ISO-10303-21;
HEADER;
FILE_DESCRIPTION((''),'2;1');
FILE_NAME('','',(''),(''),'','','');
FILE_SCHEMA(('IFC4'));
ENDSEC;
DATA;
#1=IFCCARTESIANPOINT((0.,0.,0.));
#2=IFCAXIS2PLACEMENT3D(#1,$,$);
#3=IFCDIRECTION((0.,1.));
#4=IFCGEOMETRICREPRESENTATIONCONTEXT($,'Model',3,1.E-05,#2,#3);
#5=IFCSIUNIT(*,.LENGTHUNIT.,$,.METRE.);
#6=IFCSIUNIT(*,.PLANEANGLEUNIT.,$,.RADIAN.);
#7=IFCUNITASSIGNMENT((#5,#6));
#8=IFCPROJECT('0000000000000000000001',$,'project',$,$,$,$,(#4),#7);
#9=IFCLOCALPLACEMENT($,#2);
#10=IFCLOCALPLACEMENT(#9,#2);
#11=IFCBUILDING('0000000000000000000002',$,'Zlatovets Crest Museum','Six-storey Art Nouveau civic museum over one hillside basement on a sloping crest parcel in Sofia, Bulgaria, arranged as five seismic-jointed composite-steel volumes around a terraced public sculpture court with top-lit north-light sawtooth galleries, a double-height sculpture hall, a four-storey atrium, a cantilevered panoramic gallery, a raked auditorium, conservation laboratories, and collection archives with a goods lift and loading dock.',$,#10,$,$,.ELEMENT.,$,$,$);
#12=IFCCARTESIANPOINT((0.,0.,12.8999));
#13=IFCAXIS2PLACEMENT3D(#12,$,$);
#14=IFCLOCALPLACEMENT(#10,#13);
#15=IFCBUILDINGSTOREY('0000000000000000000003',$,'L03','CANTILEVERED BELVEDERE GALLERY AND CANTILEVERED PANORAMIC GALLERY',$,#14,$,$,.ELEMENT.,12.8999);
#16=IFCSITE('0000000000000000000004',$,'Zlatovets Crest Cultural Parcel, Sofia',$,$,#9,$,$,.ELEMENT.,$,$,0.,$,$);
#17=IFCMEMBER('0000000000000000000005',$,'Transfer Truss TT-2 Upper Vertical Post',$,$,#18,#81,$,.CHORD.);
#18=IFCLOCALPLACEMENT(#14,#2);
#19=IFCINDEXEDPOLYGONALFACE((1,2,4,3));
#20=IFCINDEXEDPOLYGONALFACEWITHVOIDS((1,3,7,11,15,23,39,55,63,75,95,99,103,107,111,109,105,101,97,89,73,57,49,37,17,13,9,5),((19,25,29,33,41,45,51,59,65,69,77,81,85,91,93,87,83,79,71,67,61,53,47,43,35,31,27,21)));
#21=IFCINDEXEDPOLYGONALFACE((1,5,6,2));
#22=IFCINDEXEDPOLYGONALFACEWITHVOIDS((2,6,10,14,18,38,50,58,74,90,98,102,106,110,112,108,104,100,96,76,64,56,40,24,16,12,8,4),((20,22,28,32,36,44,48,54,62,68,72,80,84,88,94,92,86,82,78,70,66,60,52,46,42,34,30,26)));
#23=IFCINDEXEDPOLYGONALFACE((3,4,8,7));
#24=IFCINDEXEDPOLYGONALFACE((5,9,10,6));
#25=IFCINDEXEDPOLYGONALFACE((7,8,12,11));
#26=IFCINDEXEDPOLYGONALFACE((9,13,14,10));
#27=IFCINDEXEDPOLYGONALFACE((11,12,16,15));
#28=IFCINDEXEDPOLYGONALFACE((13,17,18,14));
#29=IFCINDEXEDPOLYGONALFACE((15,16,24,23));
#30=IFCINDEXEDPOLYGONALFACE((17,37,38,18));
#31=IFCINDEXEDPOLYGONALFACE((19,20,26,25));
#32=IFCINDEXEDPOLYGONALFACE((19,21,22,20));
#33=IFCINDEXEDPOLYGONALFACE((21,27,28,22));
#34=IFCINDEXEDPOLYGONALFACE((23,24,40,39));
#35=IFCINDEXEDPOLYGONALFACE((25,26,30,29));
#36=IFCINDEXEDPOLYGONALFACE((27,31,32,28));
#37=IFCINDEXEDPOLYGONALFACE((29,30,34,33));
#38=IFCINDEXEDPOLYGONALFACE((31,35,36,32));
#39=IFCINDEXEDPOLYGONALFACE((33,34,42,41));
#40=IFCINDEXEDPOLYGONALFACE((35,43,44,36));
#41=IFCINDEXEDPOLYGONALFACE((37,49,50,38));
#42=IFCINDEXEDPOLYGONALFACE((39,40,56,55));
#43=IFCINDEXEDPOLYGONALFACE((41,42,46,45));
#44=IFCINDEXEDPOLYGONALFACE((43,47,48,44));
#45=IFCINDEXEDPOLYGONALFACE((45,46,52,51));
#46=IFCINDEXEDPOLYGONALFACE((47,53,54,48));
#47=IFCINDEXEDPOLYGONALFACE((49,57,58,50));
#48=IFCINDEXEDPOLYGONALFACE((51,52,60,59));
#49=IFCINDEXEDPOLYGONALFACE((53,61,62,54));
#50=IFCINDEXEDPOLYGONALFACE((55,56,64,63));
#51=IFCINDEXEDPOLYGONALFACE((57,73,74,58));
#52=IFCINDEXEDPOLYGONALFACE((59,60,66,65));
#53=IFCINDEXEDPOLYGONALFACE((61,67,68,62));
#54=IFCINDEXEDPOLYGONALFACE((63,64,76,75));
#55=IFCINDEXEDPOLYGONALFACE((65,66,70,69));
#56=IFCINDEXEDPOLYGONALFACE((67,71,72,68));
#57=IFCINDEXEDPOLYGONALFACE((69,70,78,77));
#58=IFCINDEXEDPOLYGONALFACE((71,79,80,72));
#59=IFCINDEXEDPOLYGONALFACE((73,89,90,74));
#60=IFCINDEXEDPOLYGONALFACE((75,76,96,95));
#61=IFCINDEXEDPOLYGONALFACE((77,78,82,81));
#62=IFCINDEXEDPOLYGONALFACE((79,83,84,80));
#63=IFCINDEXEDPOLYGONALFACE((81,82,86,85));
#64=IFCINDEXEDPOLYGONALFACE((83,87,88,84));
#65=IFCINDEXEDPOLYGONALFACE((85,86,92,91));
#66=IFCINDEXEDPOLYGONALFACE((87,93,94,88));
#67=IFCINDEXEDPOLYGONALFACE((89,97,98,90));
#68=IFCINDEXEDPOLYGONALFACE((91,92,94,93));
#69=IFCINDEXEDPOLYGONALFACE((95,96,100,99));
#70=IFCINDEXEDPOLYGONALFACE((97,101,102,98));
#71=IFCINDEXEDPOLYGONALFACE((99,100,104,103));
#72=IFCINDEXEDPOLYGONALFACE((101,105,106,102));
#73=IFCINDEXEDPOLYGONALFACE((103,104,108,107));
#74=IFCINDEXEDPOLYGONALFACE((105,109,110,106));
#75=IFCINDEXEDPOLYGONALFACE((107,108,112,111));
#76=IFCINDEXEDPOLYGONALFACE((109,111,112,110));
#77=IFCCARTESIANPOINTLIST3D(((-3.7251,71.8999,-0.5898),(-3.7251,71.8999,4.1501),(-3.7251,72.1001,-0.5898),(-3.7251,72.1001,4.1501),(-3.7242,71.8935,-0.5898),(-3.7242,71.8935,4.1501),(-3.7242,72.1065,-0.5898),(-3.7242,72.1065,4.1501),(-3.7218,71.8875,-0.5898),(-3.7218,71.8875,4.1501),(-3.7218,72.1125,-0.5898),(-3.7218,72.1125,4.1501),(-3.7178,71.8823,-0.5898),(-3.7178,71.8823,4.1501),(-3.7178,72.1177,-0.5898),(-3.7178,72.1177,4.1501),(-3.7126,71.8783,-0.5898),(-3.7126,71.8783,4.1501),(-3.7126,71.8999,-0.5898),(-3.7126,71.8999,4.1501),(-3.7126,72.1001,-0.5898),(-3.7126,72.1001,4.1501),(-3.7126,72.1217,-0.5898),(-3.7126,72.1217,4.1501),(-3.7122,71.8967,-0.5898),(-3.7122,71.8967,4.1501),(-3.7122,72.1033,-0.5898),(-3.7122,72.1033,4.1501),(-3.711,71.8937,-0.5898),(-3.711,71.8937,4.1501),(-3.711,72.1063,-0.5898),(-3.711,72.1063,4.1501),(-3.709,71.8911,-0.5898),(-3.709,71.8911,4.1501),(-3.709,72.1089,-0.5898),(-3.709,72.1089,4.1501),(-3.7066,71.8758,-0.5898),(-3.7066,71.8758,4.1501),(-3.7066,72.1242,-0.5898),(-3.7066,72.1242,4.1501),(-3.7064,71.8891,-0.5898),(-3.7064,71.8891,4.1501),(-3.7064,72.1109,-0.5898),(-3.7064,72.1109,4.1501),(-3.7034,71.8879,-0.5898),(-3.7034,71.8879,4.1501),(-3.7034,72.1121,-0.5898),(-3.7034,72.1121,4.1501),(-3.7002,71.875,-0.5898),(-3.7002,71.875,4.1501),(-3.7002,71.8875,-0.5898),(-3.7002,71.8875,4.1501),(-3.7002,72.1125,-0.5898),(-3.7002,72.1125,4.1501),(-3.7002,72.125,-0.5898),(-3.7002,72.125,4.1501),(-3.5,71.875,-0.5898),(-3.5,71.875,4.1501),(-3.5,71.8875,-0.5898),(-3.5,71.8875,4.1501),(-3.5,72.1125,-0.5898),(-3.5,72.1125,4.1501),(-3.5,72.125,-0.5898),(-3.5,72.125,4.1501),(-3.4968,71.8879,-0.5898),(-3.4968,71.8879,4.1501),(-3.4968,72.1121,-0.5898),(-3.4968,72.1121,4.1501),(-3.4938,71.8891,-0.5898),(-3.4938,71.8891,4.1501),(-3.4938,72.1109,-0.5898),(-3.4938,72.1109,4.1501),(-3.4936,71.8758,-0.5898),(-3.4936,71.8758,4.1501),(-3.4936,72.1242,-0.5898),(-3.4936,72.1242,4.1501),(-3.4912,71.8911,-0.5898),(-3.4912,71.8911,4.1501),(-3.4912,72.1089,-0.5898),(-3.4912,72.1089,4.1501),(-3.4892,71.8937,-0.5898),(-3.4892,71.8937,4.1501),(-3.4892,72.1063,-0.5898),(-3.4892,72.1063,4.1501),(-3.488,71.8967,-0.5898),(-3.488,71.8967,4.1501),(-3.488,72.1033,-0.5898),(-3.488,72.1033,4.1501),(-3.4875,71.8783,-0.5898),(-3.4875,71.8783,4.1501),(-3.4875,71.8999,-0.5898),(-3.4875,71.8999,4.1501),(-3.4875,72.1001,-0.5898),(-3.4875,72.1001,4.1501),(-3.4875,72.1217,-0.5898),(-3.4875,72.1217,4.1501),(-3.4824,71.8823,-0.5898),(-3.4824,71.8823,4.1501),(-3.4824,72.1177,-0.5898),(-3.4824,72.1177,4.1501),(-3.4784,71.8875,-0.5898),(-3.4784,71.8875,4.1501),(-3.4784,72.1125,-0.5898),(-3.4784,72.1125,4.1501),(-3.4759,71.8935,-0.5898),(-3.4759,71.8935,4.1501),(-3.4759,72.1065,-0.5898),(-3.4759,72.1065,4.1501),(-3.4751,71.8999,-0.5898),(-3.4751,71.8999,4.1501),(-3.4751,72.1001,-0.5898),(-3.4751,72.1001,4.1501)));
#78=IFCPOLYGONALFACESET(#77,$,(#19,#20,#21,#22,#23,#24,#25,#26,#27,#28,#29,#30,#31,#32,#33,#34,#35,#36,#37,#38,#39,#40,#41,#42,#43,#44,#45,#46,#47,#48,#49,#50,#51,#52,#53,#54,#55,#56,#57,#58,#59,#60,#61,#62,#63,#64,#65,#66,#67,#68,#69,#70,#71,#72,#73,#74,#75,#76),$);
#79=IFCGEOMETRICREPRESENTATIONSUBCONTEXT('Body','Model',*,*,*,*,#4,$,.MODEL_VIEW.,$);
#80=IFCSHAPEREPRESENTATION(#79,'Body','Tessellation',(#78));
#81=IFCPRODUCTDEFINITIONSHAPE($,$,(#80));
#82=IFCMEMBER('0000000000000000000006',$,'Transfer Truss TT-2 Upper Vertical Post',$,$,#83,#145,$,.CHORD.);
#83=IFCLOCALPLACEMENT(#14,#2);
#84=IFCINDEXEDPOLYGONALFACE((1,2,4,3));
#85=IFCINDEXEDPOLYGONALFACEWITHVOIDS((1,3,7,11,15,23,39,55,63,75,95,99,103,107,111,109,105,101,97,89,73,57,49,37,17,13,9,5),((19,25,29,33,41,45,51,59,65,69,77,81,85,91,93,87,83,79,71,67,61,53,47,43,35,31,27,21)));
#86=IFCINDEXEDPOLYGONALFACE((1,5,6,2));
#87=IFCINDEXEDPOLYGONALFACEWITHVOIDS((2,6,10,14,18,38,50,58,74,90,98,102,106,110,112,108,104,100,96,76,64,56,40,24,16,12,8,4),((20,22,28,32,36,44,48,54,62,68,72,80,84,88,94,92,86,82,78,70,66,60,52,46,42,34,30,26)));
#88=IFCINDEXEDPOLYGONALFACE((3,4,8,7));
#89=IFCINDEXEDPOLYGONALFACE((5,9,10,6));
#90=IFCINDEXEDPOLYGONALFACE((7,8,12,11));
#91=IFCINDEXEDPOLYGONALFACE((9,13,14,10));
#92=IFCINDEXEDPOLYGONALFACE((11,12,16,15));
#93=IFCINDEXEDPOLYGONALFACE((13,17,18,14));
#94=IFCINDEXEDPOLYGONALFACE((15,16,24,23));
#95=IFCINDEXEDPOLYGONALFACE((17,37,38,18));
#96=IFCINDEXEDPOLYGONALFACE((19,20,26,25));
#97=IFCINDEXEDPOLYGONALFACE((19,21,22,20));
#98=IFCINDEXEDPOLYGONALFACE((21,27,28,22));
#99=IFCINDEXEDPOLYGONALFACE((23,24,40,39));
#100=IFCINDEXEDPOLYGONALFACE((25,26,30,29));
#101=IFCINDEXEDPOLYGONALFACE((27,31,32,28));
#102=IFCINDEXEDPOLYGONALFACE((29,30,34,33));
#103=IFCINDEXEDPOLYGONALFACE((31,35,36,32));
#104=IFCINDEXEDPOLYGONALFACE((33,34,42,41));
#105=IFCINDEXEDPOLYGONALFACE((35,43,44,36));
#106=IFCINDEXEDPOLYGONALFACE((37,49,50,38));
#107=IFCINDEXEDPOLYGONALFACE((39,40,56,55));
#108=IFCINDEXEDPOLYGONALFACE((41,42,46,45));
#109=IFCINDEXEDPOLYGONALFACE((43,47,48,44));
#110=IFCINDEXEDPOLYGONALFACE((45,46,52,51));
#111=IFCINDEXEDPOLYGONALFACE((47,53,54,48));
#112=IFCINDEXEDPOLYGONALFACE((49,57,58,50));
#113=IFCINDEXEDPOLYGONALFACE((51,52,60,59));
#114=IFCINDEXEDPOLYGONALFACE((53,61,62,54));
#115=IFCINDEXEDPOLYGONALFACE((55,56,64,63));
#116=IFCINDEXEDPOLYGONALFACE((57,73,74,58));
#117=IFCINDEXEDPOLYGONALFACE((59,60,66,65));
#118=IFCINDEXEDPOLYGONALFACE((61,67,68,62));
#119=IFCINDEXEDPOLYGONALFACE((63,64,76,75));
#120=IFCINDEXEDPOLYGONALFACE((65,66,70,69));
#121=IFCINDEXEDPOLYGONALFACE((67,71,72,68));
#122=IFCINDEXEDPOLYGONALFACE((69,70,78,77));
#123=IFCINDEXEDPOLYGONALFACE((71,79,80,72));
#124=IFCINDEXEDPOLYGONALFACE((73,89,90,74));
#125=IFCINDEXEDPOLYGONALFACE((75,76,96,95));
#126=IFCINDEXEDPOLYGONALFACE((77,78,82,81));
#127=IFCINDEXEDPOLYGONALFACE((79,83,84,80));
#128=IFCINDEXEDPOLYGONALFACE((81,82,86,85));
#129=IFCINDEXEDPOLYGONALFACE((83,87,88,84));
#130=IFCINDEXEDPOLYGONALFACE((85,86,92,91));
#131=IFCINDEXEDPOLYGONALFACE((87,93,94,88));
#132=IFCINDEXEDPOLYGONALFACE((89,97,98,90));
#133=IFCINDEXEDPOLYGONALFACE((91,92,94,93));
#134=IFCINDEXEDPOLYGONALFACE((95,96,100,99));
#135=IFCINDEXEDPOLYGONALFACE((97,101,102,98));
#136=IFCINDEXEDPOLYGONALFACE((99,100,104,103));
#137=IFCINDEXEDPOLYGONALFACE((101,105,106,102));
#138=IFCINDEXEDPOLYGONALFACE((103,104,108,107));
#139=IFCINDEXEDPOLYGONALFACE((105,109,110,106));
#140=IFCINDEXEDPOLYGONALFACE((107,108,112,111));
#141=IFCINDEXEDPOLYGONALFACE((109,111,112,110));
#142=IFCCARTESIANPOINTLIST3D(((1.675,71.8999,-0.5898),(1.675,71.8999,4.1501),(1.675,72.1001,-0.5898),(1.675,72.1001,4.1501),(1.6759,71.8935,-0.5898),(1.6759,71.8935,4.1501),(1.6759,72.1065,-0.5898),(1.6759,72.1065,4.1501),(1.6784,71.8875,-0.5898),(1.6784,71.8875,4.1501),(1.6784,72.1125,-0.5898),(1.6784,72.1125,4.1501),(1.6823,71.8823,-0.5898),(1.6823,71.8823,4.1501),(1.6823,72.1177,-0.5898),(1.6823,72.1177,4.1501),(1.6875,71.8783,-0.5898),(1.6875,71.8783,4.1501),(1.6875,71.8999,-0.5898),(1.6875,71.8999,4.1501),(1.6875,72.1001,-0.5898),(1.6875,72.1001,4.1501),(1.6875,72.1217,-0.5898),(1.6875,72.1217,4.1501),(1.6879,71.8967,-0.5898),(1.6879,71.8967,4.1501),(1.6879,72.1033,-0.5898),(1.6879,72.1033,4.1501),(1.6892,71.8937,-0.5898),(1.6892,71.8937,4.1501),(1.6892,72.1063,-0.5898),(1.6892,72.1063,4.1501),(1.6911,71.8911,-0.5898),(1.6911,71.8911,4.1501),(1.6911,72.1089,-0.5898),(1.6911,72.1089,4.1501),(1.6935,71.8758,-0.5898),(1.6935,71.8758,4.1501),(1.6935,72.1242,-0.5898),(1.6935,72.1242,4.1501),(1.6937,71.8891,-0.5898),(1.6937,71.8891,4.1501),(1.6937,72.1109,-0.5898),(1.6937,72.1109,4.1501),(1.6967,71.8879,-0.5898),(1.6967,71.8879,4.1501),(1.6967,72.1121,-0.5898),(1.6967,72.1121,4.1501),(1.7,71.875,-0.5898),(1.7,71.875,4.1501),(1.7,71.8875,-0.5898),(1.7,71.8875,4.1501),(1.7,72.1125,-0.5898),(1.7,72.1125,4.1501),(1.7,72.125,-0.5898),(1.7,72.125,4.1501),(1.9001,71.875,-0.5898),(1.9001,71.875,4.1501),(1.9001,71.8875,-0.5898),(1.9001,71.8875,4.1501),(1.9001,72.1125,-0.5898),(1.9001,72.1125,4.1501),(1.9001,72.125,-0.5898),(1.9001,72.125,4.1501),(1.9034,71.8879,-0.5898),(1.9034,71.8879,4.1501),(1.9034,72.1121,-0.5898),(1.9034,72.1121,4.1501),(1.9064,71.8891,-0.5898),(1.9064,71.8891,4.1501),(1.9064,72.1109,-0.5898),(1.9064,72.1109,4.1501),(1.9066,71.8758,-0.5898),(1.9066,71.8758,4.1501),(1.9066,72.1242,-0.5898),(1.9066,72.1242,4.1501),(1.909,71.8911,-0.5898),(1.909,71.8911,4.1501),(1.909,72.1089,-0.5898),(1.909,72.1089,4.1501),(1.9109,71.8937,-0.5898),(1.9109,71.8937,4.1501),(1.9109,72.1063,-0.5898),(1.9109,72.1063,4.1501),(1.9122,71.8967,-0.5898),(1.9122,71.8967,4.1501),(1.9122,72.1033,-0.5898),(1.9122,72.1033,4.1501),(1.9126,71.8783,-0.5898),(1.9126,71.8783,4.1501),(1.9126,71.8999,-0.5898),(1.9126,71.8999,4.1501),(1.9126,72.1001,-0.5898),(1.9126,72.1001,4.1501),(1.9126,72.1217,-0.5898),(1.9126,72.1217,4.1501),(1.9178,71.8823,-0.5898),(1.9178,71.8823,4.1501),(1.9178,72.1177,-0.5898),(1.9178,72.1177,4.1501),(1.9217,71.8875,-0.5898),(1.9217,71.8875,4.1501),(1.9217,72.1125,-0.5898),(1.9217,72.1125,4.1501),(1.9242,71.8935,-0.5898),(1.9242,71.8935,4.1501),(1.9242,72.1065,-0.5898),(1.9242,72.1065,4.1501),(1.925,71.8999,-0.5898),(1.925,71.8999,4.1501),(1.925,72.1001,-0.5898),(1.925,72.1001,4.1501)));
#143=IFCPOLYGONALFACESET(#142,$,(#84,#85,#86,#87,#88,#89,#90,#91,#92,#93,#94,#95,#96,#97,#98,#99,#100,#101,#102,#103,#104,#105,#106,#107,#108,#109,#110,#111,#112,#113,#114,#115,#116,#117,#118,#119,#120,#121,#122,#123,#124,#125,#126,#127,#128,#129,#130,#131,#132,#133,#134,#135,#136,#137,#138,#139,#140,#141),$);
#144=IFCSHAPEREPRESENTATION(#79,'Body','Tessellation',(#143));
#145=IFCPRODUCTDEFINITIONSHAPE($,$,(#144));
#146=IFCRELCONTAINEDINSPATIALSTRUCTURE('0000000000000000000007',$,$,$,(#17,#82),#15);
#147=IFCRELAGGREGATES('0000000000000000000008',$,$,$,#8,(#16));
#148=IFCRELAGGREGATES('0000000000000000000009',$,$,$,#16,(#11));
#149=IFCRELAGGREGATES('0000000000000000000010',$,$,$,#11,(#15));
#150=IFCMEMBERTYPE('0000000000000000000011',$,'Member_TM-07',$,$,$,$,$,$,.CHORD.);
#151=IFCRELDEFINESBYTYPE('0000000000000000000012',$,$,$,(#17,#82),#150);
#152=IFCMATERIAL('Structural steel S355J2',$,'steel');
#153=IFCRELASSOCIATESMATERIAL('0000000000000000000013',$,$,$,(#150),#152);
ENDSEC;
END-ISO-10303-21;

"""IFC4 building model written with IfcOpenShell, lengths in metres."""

from ifc_helpers import new_model, si_unit, direction, frame, origin, origin_2d, place, context, subcontext, project, spatial, hollow_rectangle, extrude, material, material_profile, profile_set, type_object, element, save


model = new_model("IFC4")

# Units and contexts
model_context = context("Model", 3, precision=1e-05, world=origin(), true_north=direction((0.0, 1.0)))
body_context = subcontext(model_context, "Body", "Model", "MODEL_VIEW")
ifc_project = project(units=[si_unit("LENGTHUNIT", "METRE"), si_unit("PLANEANGLEUNIT", "RADIAN")], contexts=[model_context])

# Site, building, storey
site_placement = place(None, origin())
site = spatial("IfcSite", under=ifc_project, at=site_placement, Name="Zlatovets Crest Cultural Parcel, Sofia", CompositionType="ELEMENT", RefElevation=0.0)
building_placement = place(site_placement, origin())
building = spatial("IfcBuilding", under=site, at=building_placement, Name="Zlatovets Crest Museum", Description="Six-storey Art Nouveau civic museum over one hillside basement on a sloping crest parcel in Sofia, Bulgaria, arranged as five seismic-jointed composite-steel volumes around a terraced public sculpture court with top-lit north-light sawtooth galleries, a double-height sculpture hall, a four-storey atrium, a cantilevered panoramic gallery, a raked auditorium, conservation laboratories, and collection archives with a goods lift and loading dock.", CompositionType="ELEMENT")
storey_placement = place(building_placement, frame((0.0, 0.0, 12.8999)))
storey = spatial("IfcBuildingStorey", under=building, at=storey_placement, Name="L03", Description="CANTILEVERED BELVEDERE GALLERY AND CANTILEVERED PANORAMIC GALLERY", CompositionType="ELEMENT", Elevation=12.8999)

# Shared definitions
ifc_material_1 = material(Name="Structural steel S355J2", Category="steel")

# Members
ifc_material_profile_1 = material_profile(ifc_material_1, hollow_rectangle(XDim=0.25, YDim=0.25, WallThickness=0.0125, InnerFilletRadius=0.0125, OuterFilletRadius=0.0249, at=origin_2d()), Name="SHS 250x250x12.5")
ifc_profile_set_1 = profile_set([ifc_material_profile_1], Name="Structural steel S355J2")
member_type_1 = type_object("IfcMemberType", Name="Member_TM-07", PredefinedType="CHORD", material=ifc_profile_set_1)
for number, where, z_axis, x_axis, name in (
    (1, (-3.6001, 72.0, -0.5898), (0.0, 0.0, 1.0), (1.0, 0.0, 0.0), "Transfer Truss TT-2 Upper Vertical Post"),
    (2, (1.8, 72.0, -0.5898), (0.0, 0.0, 1.0), (1.0, 0.0, 0.0), "Transfer Truss TT-2 Upper Vertical Post"),
):
    element("IfcMember", number, at=place(storey_placement, frame(where, z_axis=z_axis, x_axis=x_axis)), inside=storey, type_object=member_type_1, Name=name, PredefinedType="CHORD", context=body_context, shape_type="SweptSolid", body=[
        extrude(hollow_rectangle(XDim=0.25, YDim=0.25, WallThickness=0.0125, InnerFilletRadius=0.0125, OuterFilletRadius=0.0249, at=origin_2d()), origin(), (0.0, 0.0, 1.0), 4.74),
    ])

save(model, "model.ifc")
